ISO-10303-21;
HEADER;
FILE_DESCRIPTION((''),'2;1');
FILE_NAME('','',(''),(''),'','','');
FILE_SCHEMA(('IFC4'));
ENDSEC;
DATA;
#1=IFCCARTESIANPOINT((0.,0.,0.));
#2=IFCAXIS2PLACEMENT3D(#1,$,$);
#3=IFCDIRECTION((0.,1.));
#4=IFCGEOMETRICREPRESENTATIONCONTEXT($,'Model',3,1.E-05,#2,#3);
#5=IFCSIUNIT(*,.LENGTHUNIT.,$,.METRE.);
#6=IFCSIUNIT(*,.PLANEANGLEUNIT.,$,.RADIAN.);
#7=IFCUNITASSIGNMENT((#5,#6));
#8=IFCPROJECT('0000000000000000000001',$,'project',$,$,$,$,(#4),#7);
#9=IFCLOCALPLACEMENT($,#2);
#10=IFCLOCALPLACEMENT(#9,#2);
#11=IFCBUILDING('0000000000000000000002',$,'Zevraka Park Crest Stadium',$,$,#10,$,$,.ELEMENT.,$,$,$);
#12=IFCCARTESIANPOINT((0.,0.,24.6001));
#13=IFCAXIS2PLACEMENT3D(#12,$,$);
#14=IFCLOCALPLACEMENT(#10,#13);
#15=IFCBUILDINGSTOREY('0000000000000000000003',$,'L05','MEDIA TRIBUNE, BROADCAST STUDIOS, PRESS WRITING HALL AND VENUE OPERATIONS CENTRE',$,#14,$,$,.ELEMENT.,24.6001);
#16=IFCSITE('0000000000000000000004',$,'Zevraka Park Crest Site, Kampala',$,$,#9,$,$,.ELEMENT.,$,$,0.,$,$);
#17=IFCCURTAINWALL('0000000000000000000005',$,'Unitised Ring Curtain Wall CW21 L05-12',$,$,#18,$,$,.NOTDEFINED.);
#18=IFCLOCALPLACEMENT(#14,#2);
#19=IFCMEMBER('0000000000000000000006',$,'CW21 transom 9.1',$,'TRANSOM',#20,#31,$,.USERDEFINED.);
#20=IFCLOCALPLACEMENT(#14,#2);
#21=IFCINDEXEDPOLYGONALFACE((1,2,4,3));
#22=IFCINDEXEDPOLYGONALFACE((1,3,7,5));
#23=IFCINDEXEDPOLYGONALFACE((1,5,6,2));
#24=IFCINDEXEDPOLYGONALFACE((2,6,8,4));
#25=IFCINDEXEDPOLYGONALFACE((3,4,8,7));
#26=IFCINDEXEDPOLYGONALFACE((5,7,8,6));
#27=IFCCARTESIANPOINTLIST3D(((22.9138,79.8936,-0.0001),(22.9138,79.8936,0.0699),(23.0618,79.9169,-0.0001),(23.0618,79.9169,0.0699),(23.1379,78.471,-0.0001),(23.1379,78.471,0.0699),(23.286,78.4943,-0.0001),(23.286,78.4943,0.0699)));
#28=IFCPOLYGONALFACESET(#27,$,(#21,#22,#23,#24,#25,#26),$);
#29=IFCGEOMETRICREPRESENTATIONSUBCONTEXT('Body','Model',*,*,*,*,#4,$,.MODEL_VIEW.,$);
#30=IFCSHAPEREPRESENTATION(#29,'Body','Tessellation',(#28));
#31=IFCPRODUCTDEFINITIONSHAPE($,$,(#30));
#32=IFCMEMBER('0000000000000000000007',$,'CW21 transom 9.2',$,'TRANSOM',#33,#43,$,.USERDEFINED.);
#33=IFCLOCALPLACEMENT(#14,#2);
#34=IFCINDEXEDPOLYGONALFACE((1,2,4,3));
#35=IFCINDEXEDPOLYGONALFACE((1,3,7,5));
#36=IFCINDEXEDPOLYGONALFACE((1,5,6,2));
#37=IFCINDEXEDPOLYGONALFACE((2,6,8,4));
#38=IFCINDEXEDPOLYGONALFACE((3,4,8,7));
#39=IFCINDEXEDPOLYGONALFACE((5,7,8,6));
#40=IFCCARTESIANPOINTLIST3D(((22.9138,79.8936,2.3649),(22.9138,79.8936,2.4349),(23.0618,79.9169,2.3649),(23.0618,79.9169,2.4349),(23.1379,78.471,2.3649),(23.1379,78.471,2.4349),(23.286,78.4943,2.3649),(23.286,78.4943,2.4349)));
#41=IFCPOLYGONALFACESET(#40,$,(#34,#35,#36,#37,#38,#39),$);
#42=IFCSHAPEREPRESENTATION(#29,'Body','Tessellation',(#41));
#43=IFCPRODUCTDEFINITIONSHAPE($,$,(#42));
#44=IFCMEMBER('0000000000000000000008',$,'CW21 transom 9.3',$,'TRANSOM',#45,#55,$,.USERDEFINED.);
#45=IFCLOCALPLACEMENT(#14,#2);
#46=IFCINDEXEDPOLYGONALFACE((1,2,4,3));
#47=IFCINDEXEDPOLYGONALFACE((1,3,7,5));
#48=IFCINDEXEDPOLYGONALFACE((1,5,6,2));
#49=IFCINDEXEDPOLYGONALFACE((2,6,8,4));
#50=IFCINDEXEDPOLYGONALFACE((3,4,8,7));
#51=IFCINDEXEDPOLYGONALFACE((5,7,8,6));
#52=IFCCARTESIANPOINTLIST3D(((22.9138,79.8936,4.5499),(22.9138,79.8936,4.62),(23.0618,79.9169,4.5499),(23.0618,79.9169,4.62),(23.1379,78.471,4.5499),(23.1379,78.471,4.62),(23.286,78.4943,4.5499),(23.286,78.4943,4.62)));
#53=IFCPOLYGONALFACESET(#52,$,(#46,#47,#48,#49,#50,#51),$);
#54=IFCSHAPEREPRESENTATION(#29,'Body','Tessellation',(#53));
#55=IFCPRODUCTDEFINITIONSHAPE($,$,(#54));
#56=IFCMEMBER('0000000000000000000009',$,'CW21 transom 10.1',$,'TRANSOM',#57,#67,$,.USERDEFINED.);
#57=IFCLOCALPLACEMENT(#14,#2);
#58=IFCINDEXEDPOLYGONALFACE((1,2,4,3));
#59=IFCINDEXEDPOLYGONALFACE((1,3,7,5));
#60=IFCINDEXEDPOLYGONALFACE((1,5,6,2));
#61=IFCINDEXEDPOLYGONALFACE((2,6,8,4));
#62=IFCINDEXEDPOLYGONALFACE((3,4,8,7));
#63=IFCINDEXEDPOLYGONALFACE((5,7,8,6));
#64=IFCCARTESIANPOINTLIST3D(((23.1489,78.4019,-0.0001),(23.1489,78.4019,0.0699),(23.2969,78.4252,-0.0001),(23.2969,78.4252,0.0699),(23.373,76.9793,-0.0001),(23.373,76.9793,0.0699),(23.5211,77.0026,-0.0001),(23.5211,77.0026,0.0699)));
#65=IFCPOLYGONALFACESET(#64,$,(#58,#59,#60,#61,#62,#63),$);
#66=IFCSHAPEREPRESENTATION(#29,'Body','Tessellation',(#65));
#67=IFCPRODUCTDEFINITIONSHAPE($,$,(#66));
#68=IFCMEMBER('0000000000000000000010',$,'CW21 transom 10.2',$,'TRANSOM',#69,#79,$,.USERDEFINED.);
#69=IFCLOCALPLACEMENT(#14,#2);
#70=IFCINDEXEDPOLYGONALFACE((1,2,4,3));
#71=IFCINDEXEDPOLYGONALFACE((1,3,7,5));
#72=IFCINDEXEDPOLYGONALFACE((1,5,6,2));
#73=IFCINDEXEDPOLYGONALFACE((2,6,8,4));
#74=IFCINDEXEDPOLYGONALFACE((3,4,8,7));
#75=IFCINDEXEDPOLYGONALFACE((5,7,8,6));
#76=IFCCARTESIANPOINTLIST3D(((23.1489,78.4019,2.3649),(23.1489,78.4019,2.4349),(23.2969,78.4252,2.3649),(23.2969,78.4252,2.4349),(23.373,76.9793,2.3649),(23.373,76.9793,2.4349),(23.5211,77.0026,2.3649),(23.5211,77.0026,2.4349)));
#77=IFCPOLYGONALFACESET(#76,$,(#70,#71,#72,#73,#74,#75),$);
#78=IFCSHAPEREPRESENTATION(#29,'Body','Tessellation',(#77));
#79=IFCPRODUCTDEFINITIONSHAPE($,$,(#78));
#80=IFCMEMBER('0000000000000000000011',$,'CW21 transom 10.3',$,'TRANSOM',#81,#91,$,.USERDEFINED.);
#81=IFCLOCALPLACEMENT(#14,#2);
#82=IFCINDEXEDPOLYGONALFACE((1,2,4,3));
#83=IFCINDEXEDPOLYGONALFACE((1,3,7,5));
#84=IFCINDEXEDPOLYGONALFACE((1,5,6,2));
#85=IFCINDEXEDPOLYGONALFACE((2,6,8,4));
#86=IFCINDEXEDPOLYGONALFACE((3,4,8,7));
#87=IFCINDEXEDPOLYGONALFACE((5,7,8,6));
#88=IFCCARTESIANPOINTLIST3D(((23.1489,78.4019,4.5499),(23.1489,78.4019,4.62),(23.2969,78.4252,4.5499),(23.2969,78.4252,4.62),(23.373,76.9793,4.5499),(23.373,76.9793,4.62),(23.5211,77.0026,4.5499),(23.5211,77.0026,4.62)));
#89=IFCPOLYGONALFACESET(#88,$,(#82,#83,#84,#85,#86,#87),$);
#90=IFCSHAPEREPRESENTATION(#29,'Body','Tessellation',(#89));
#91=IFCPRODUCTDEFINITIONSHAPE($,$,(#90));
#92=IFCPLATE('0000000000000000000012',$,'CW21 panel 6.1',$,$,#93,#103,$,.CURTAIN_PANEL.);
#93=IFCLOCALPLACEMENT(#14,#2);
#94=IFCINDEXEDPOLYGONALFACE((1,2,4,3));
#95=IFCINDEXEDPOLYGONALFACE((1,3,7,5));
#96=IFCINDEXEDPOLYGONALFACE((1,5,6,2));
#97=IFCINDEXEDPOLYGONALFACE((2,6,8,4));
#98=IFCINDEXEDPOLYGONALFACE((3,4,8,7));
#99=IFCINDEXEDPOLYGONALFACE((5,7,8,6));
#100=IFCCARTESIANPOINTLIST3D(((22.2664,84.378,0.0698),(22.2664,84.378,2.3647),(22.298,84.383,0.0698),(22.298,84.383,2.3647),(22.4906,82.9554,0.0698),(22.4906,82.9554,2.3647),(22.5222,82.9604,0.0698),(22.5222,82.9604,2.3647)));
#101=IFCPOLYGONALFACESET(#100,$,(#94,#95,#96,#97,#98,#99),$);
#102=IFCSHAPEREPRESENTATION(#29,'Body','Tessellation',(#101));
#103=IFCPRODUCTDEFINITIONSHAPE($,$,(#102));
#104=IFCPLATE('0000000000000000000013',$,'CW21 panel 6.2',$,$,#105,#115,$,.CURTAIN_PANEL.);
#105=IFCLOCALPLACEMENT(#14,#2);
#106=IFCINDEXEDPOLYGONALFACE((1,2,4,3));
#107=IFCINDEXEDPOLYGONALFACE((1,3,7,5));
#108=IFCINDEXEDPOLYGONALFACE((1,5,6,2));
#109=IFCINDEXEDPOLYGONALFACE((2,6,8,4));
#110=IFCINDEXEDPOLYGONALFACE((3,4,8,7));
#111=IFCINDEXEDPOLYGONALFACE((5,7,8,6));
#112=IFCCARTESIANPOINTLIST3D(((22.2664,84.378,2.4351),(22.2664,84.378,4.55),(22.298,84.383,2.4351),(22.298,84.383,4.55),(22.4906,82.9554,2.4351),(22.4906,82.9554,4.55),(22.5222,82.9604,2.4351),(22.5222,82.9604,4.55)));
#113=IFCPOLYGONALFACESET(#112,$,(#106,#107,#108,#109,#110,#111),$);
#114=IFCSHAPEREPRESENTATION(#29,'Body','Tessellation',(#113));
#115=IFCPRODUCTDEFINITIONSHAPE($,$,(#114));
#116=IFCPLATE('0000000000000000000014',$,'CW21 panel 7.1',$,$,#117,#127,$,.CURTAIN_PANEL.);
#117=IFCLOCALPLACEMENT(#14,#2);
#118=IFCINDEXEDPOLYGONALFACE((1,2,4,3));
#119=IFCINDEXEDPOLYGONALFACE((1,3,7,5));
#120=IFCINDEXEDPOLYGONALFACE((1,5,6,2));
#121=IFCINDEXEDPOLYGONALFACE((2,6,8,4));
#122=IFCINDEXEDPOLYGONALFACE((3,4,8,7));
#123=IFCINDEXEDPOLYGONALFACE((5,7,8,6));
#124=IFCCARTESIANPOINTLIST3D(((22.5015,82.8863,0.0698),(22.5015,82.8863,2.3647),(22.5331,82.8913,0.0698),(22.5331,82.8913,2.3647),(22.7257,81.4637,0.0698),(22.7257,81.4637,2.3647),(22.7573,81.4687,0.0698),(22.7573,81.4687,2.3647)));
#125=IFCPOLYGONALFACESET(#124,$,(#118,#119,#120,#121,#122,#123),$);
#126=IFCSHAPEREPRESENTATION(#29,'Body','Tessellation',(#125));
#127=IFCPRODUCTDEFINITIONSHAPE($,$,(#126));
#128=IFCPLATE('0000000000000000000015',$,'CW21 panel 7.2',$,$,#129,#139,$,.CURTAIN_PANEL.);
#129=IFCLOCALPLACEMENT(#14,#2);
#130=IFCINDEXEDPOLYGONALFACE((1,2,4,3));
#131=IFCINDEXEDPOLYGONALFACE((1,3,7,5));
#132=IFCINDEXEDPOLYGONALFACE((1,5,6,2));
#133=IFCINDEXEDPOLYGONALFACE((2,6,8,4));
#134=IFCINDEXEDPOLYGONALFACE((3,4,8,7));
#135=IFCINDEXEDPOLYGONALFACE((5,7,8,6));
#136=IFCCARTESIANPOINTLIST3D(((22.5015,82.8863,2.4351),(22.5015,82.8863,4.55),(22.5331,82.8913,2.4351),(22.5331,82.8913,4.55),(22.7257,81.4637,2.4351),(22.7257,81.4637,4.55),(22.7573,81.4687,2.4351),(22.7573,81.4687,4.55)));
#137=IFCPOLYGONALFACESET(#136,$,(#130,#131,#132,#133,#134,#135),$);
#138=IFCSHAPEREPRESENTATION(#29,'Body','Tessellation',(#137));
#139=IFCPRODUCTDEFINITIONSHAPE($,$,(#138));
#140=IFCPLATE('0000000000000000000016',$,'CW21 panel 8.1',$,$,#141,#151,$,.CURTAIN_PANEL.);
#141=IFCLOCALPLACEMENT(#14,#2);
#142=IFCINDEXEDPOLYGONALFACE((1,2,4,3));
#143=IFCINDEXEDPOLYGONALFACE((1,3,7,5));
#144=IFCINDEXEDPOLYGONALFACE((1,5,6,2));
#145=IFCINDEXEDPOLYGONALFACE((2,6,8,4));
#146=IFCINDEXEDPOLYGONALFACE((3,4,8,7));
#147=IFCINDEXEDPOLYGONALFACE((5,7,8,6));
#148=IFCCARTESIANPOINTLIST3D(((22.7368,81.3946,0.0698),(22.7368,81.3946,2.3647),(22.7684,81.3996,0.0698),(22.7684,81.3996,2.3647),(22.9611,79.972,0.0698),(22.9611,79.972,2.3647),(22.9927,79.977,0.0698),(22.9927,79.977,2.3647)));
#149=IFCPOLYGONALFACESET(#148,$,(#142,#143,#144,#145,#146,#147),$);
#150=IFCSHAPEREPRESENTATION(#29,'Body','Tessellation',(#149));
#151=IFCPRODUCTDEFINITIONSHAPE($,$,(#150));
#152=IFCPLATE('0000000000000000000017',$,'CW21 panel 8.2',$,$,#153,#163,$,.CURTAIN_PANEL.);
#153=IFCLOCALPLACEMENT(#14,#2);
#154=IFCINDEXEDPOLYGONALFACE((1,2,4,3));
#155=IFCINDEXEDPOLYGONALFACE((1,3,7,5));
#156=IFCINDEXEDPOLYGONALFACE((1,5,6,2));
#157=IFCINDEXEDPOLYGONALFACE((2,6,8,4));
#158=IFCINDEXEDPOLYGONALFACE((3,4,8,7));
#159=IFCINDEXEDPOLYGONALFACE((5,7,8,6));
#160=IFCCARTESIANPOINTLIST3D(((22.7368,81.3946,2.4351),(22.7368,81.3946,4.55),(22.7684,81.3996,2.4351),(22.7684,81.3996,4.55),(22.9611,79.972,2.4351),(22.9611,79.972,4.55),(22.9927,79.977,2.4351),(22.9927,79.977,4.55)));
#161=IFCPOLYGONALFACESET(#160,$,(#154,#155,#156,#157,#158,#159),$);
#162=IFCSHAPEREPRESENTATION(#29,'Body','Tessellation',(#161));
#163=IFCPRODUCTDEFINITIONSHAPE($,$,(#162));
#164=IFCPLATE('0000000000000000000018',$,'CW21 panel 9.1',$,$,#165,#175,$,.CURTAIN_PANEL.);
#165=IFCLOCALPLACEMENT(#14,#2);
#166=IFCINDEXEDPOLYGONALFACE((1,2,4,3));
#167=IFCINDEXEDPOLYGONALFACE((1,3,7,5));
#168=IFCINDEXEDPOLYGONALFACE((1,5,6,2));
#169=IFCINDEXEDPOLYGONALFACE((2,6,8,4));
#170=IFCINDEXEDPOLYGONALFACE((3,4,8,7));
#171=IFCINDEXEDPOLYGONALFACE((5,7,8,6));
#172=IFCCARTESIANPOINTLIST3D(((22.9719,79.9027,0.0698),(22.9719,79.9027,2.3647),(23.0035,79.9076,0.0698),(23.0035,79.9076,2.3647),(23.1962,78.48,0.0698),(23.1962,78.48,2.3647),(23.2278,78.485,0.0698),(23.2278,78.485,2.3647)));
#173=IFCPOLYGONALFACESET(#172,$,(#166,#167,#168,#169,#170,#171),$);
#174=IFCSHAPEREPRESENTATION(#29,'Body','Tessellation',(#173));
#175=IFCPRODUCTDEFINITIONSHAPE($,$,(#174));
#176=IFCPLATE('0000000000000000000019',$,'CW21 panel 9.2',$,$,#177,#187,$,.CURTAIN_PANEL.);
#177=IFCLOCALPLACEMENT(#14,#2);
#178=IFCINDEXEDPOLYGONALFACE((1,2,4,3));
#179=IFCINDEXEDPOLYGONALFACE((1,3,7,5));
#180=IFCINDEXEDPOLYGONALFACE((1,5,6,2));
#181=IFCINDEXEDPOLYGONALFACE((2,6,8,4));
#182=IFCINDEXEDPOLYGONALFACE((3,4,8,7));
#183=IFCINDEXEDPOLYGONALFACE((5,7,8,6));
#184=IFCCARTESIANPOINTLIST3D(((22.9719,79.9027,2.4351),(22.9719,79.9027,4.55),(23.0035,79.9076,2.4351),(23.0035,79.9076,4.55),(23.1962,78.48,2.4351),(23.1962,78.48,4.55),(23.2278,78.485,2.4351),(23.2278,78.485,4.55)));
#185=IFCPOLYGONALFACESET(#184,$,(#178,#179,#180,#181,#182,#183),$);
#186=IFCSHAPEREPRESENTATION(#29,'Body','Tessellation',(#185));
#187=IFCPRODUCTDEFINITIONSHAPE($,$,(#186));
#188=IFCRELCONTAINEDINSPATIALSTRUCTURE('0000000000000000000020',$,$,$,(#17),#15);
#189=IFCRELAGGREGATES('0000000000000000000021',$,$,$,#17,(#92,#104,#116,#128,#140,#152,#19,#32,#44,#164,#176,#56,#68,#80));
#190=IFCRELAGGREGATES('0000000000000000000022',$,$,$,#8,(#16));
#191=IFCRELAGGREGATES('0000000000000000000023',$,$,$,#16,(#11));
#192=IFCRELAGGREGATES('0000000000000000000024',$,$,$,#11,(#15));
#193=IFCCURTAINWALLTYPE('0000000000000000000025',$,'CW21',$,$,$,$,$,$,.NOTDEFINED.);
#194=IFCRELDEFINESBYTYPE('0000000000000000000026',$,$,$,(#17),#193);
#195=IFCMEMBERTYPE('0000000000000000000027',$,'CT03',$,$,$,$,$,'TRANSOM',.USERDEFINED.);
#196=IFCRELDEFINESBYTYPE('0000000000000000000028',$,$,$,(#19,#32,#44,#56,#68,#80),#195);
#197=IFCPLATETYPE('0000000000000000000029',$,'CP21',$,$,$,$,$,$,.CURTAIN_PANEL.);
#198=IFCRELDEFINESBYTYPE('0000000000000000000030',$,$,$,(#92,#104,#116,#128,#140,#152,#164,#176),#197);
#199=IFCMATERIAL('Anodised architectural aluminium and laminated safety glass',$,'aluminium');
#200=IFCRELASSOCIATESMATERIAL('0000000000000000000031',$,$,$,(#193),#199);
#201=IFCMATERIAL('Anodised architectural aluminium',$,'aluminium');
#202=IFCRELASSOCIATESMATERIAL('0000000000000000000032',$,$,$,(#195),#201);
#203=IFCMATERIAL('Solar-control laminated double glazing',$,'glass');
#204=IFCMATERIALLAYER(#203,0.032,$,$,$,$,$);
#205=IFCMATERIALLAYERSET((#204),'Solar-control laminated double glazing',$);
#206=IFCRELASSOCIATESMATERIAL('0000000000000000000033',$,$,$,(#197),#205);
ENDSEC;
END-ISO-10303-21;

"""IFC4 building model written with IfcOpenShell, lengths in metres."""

from ifc_helpers import new_model, si_unit, direction, frame, origin, origin_2d, place, context, subcontext, project, spatial, rectangle, extrude, material, layer, layer_set, material_profile, profile_set, type_object, element, aggregate, save


model = new_model("IFC4")

# Units and contexts
model_context = context("Model", 3, precision=1e-05, world=origin(), true_north=direction((0.0, 1.0)))
body_context = subcontext(model_context, "Body", "Model", "MODEL_VIEW")
ifc_project = project(units=[si_unit("LENGTHUNIT", "METRE"), si_unit("PLANEANGLEUNIT", "RADIAN")], contexts=[model_context])

# Site, building, storey
site_placement = place(None, origin())
site = spatial("IfcSite", under=ifc_project, at=site_placement, Name="Zevraka Park Crest Site, Kampala", CompositionType="ELEMENT", RefElevation=0.0)
building_placement = place(site_placement, origin())
building = spatial("IfcBuilding", under=site, at=building_placement, Name="Zevraka Park Crest Stadium", CompositionType="ELEMENT")
storey_placement = place(building_placement, frame((0.0, 0.0, 24.6001)))
storey = spatial("IfcBuildingStorey", under=building, at=storey_placement, Name="L05", Description="MEDIA TRIBUNE, BROADCAST STUDIOS, PRESS WRITING HALL AND VENUE OPERATIONS CENTRE", CompositionType="ELEMENT", Elevation=24.6001)

# Curtain wall, members, plates
ifc_material_1 = material(Name="Anodised architectural aluminium and laminated safety glass", Category="aluminium")
curtain_wall_type = type_object("IfcCurtainWallType", Name="CW21", PredefinedType="NOTDEFINED", material=ifc_material_1)
curtain_wall_placement = place(storey_placement, origin())
curtain_wall = element("IfcCurtainWall", 1, at=curtain_wall_placement, inside=storey, type_object=curtain_wall_type, Name="Unitised Ring Curtain Wall CW21 L05-12", PredefinedType="NOTDEFINED")
ifc_material_2 = material(Name="Anodised architectural aluminium", Category="aluminium")
ifc_material_profile_1 = material_profile(ifc_material_2, rectangle(XDim=0.1499, YDim=0.0701, at=origin_2d()), Name="ALU TRANSOM 150x70")
ifc_profile_set_1 = profile_set([ifc_material_profile_1], Name="Anodised architectural aluminium")
member_type_1 = type_object("IfcMemberType", Name="CT03", ElementType="TRANSOM", PredefinedType="USERDEFINED", material=ifc_profile_set_1)
member_1_placement = place(storey_placement, frame((22.9878, 79.9053, 0.0349), z_axis=(0.155623, -0.987817, 0.0), x_axis=(0.987817, 0.155623, 0.0)))
member_1 = element("IfcMember", 2, at=member_1_placement, type_object=member_type_1, Name="CW21 transom 9.1", ObjectType="TRANSOM", PredefinedType="USERDEFINED", context=body_context, shape_type="SweptSolid", body=[
    extrude(rectangle(XDim=0.1499, YDim=0.0701, at=origin_2d()), origin(), (0.0, 0.0, 1.0), 1.4402),
])
member_2_placement = place(storey_placement, frame((22.9878, 79.9053, 2.3999), z_axis=(0.155623, -0.987817, 0.0), x_axis=(0.987817, 0.155623, 0.0)))
member_2 = element("IfcMember", 3, at=member_2_placement, type_object=member_type_1, Name="CW21 transom 9.2", ObjectType="TRANSOM", PredefinedType="USERDEFINED", context=body_context, shape_type="SweptSolid", body=[
    extrude(rectangle(XDim=0.1499, YDim=0.0701, at=origin_2d()), origin(), (0.0, 0.0, 1.0), 1.4402),
])
member_3_placement = place(storey_placement, frame((22.9878, 79.9053, 4.585), z_axis=(0.155623, -0.987817, 0.0), x_axis=(0.987817, 0.155623, 0.0)))
member_3 = element("IfcMember", 4, at=member_3_placement, type_object=member_type_1, Name="CW21 transom 9.3", ObjectType="TRANSOM", PredefinedType="USERDEFINED", context=body_context, shape_type="SweptSolid", body=[
    extrude(rectangle(XDim=0.1499, YDim=0.0701, at=origin_2d()), origin(), (0.0, 0.0, 1.0), 1.4402),
])
member_4_placement = place(storey_placement, frame((23.2229, 78.4136, 0.0349), z_axis=(0.155623, -0.987817, 0.0), x_axis=(0.987817, 0.155623, 0.0)))
member_4 = element("IfcMember", 5, at=member_4_placement, type_object=member_type_1, Name="CW21 transom 10.1", ObjectType="TRANSOM", PredefinedType="USERDEFINED", context=body_context, shape_type="SweptSolid", body=[
    extrude(rectangle(XDim=0.1499, YDim=0.0701, at=origin_2d()), origin(), (0.0, 0.0, 1.0), 1.4402),
])
member_5_placement = place(storey_placement, frame((23.2229, 78.4136, 2.3999), z_axis=(0.155623, -0.987817, 0.0), x_axis=(0.987817, 0.155623, 0.0)))
member_5 = element("IfcMember", 6, at=member_5_placement, type_object=member_type_1, Name="CW21 transom 10.2", ObjectType="TRANSOM", PredefinedType="USERDEFINED", context=body_context, shape_type="SweptSolid", body=[
    extrude(rectangle(XDim=0.1499, YDim=0.0701, at=origin_2d()), origin(), (0.0, 0.0, 1.0), 1.4402),
])
member_6_placement = place(storey_placement, frame((23.2229, 78.4136, 4.585), z_axis=(0.155623, -0.987817, 0.0), x_axis=(0.987817, 0.155623, 0.0)))
member_6 = element("IfcMember", 7, at=member_6_placement, type_object=member_type_1, Name="CW21 transom 10.3", ObjectType="TRANSOM", PredefinedType="USERDEFINED", context=body_context, shape_type="SweptSolid", body=[
    extrude(rectangle(XDim=0.1499, YDim=0.0701, at=origin_2d()), origin(), (0.0, 0.0, 1.0), 1.4402),
])
ifc_material_3 = material(Name="Solar-control laminated double glazing", Category="glass")
ifc_layer_1 = layer(ifc_material_3, 0.032)
ifc_layer_set_1 = layer_set([ifc_layer_1], Name="Solar-control laminated double glazing")
plate_type = type_object("IfcPlateType", Name="CP21", PredefinedType="CURTAIN_PANEL", material=ifc_layer_set_1)
plate_1_placement = place(storey_placement, frame((22.3943, 83.6692, 0.0698), z_axis=(0.0, 0.0, 1.0), x_axis=(0.155711, -0.987803, 0.0)))
plate_1 = element("IfcPlate", 8, at=plate_1_placement, type_object=plate_type, Name="CW21 panel 6.1", PredefinedType="CURTAIN_PANEL", context=body_context, shape_type="SweptSolid", body=[
    extrude(rectangle(XDim=1.4402, YDim=0.032, at=origin_2d()), origin(), (0.0, 0.0, 1.0), 2.2949),
])
plate_2_placement = place(storey_placement, frame((22.3943, 83.6692, 2.4351), z_axis=(0.0, 0.0, 1.0), x_axis=(0.155711, -0.987803, 0.0)))
plate_2 = element("IfcPlate", 9, at=plate_2_placement, type_object=plate_type, Name="CW21 panel 6.2", PredefinedType="CURTAIN_PANEL", context=body_context, shape_type="SweptSolid", body=[
    extrude(rectangle(XDim=1.4402, YDim=0.032, at=origin_2d()), origin(), (0.0, 0.0, 1.0), 2.115),
])
plate_3_placement = place(storey_placement, frame((22.6294, 82.1775, 0.0698), z_axis=(0.0, 0.0, 1.0), x_axis=(0.155711, -0.987803, 0.0)))
plate_3 = element("IfcPlate", 10, at=plate_3_placement, type_object=plate_type, Name="CW21 panel 7.1", PredefinedType="CURTAIN_PANEL", context=body_context, shape_type="SweptSolid", body=[
    extrude(rectangle(XDim=1.4402, YDim=0.032, at=origin_2d()), origin(), (0.0, 0.0, 1.0), 2.2949),
])
plate_4_placement = place(storey_placement, frame((22.6294, 82.1775, 2.4351), z_axis=(0.0, 0.0, 1.0), x_axis=(0.155711, -0.987803, 0.0)))
plate_4 = element("IfcPlate", 11, at=plate_4_placement, type_object=plate_type, Name="CW21 panel 7.2", PredefinedType="CURTAIN_PANEL", context=body_context, shape_type="SweptSolid", body=[
    extrude(rectangle(XDim=1.4402, YDim=0.032, at=origin_2d()), origin(), (0.0, 0.0, 1.0), 2.115),
])
plate_5_placement = place(storey_placement, frame((22.8647, 80.6858, 0.0698), z_axis=(0.0, 0.0, 1.0), x_axis=(0.155711, -0.987803, 0.0)))
plate_5 = element("IfcPlate", 12, at=plate_5_placement, type_object=plate_type, Name="CW21 panel 8.1", PredefinedType="CURTAIN_PANEL", context=body_context, shape_type="SweptSolid", body=[
    extrude(rectangle(XDim=1.4402, YDim=0.032, at=origin_2d()), origin(), (0.0, 0.0, 1.0), 2.2949),
])
plate_6_placement = place(storey_placement, frame((22.8647, 80.6858, 2.4351), z_axis=(0.0, 0.0, 1.0), x_axis=(0.155711, -0.987803, 0.0)))
plate_6 = element("IfcPlate", 13, at=plate_6_placement, type_object=plate_type, Name="CW21 panel 8.2", PredefinedType="CURTAIN_PANEL", context=body_context, shape_type="SweptSolid", body=[
    extrude(rectangle(XDim=1.4402, YDim=0.032, at=origin_2d()), origin(), (0.0, 0.0, 1.0), 2.115),
])
plate_7_placement = place(storey_placement, frame((23.0999, 79.1938, 0.0698), z_axis=(0.0, 0.0, 1.0), x_axis=(0.155711, -0.987803, 0.0)))
plate_7 = element("IfcPlate", 14, at=plate_7_placement, type_object=plate_type, Name="CW21 panel 9.1", PredefinedType="CURTAIN_PANEL", context=body_context, shape_type="SweptSolid", body=[
    extrude(rectangle(XDim=1.4402, YDim=0.032, at=origin_2d()), origin(), (0.0, 0.0, 1.0), 2.2949),
])
plate_8_placement = place(storey_placement, frame((23.0999, 79.1938, 2.4351), z_axis=(0.0, 0.0, 1.0), x_axis=(0.155711, -0.987803, 0.0)))
plate_8 = element("IfcPlate", 15, at=plate_8_placement, type_object=plate_type, Name="CW21 panel 9.2", PredefinedType="CURTAIN_PANEL", context=body_context, shape_type="SweptSolid", body=[
    extrude(rectangle(XDim=1.4402, YDim=0.032, at=origin_2d()), origin(), (0.0, 0.0, 1.0), 2.115),
])
aggregate(curtain_wall, [plate_1, plate_2, plate_3, plate_4, plate_5, plate_6, member_1, member_2, member_3, plate_7, plate_8, member_4, member_5, member_6])

save(model, "model.ifc")
